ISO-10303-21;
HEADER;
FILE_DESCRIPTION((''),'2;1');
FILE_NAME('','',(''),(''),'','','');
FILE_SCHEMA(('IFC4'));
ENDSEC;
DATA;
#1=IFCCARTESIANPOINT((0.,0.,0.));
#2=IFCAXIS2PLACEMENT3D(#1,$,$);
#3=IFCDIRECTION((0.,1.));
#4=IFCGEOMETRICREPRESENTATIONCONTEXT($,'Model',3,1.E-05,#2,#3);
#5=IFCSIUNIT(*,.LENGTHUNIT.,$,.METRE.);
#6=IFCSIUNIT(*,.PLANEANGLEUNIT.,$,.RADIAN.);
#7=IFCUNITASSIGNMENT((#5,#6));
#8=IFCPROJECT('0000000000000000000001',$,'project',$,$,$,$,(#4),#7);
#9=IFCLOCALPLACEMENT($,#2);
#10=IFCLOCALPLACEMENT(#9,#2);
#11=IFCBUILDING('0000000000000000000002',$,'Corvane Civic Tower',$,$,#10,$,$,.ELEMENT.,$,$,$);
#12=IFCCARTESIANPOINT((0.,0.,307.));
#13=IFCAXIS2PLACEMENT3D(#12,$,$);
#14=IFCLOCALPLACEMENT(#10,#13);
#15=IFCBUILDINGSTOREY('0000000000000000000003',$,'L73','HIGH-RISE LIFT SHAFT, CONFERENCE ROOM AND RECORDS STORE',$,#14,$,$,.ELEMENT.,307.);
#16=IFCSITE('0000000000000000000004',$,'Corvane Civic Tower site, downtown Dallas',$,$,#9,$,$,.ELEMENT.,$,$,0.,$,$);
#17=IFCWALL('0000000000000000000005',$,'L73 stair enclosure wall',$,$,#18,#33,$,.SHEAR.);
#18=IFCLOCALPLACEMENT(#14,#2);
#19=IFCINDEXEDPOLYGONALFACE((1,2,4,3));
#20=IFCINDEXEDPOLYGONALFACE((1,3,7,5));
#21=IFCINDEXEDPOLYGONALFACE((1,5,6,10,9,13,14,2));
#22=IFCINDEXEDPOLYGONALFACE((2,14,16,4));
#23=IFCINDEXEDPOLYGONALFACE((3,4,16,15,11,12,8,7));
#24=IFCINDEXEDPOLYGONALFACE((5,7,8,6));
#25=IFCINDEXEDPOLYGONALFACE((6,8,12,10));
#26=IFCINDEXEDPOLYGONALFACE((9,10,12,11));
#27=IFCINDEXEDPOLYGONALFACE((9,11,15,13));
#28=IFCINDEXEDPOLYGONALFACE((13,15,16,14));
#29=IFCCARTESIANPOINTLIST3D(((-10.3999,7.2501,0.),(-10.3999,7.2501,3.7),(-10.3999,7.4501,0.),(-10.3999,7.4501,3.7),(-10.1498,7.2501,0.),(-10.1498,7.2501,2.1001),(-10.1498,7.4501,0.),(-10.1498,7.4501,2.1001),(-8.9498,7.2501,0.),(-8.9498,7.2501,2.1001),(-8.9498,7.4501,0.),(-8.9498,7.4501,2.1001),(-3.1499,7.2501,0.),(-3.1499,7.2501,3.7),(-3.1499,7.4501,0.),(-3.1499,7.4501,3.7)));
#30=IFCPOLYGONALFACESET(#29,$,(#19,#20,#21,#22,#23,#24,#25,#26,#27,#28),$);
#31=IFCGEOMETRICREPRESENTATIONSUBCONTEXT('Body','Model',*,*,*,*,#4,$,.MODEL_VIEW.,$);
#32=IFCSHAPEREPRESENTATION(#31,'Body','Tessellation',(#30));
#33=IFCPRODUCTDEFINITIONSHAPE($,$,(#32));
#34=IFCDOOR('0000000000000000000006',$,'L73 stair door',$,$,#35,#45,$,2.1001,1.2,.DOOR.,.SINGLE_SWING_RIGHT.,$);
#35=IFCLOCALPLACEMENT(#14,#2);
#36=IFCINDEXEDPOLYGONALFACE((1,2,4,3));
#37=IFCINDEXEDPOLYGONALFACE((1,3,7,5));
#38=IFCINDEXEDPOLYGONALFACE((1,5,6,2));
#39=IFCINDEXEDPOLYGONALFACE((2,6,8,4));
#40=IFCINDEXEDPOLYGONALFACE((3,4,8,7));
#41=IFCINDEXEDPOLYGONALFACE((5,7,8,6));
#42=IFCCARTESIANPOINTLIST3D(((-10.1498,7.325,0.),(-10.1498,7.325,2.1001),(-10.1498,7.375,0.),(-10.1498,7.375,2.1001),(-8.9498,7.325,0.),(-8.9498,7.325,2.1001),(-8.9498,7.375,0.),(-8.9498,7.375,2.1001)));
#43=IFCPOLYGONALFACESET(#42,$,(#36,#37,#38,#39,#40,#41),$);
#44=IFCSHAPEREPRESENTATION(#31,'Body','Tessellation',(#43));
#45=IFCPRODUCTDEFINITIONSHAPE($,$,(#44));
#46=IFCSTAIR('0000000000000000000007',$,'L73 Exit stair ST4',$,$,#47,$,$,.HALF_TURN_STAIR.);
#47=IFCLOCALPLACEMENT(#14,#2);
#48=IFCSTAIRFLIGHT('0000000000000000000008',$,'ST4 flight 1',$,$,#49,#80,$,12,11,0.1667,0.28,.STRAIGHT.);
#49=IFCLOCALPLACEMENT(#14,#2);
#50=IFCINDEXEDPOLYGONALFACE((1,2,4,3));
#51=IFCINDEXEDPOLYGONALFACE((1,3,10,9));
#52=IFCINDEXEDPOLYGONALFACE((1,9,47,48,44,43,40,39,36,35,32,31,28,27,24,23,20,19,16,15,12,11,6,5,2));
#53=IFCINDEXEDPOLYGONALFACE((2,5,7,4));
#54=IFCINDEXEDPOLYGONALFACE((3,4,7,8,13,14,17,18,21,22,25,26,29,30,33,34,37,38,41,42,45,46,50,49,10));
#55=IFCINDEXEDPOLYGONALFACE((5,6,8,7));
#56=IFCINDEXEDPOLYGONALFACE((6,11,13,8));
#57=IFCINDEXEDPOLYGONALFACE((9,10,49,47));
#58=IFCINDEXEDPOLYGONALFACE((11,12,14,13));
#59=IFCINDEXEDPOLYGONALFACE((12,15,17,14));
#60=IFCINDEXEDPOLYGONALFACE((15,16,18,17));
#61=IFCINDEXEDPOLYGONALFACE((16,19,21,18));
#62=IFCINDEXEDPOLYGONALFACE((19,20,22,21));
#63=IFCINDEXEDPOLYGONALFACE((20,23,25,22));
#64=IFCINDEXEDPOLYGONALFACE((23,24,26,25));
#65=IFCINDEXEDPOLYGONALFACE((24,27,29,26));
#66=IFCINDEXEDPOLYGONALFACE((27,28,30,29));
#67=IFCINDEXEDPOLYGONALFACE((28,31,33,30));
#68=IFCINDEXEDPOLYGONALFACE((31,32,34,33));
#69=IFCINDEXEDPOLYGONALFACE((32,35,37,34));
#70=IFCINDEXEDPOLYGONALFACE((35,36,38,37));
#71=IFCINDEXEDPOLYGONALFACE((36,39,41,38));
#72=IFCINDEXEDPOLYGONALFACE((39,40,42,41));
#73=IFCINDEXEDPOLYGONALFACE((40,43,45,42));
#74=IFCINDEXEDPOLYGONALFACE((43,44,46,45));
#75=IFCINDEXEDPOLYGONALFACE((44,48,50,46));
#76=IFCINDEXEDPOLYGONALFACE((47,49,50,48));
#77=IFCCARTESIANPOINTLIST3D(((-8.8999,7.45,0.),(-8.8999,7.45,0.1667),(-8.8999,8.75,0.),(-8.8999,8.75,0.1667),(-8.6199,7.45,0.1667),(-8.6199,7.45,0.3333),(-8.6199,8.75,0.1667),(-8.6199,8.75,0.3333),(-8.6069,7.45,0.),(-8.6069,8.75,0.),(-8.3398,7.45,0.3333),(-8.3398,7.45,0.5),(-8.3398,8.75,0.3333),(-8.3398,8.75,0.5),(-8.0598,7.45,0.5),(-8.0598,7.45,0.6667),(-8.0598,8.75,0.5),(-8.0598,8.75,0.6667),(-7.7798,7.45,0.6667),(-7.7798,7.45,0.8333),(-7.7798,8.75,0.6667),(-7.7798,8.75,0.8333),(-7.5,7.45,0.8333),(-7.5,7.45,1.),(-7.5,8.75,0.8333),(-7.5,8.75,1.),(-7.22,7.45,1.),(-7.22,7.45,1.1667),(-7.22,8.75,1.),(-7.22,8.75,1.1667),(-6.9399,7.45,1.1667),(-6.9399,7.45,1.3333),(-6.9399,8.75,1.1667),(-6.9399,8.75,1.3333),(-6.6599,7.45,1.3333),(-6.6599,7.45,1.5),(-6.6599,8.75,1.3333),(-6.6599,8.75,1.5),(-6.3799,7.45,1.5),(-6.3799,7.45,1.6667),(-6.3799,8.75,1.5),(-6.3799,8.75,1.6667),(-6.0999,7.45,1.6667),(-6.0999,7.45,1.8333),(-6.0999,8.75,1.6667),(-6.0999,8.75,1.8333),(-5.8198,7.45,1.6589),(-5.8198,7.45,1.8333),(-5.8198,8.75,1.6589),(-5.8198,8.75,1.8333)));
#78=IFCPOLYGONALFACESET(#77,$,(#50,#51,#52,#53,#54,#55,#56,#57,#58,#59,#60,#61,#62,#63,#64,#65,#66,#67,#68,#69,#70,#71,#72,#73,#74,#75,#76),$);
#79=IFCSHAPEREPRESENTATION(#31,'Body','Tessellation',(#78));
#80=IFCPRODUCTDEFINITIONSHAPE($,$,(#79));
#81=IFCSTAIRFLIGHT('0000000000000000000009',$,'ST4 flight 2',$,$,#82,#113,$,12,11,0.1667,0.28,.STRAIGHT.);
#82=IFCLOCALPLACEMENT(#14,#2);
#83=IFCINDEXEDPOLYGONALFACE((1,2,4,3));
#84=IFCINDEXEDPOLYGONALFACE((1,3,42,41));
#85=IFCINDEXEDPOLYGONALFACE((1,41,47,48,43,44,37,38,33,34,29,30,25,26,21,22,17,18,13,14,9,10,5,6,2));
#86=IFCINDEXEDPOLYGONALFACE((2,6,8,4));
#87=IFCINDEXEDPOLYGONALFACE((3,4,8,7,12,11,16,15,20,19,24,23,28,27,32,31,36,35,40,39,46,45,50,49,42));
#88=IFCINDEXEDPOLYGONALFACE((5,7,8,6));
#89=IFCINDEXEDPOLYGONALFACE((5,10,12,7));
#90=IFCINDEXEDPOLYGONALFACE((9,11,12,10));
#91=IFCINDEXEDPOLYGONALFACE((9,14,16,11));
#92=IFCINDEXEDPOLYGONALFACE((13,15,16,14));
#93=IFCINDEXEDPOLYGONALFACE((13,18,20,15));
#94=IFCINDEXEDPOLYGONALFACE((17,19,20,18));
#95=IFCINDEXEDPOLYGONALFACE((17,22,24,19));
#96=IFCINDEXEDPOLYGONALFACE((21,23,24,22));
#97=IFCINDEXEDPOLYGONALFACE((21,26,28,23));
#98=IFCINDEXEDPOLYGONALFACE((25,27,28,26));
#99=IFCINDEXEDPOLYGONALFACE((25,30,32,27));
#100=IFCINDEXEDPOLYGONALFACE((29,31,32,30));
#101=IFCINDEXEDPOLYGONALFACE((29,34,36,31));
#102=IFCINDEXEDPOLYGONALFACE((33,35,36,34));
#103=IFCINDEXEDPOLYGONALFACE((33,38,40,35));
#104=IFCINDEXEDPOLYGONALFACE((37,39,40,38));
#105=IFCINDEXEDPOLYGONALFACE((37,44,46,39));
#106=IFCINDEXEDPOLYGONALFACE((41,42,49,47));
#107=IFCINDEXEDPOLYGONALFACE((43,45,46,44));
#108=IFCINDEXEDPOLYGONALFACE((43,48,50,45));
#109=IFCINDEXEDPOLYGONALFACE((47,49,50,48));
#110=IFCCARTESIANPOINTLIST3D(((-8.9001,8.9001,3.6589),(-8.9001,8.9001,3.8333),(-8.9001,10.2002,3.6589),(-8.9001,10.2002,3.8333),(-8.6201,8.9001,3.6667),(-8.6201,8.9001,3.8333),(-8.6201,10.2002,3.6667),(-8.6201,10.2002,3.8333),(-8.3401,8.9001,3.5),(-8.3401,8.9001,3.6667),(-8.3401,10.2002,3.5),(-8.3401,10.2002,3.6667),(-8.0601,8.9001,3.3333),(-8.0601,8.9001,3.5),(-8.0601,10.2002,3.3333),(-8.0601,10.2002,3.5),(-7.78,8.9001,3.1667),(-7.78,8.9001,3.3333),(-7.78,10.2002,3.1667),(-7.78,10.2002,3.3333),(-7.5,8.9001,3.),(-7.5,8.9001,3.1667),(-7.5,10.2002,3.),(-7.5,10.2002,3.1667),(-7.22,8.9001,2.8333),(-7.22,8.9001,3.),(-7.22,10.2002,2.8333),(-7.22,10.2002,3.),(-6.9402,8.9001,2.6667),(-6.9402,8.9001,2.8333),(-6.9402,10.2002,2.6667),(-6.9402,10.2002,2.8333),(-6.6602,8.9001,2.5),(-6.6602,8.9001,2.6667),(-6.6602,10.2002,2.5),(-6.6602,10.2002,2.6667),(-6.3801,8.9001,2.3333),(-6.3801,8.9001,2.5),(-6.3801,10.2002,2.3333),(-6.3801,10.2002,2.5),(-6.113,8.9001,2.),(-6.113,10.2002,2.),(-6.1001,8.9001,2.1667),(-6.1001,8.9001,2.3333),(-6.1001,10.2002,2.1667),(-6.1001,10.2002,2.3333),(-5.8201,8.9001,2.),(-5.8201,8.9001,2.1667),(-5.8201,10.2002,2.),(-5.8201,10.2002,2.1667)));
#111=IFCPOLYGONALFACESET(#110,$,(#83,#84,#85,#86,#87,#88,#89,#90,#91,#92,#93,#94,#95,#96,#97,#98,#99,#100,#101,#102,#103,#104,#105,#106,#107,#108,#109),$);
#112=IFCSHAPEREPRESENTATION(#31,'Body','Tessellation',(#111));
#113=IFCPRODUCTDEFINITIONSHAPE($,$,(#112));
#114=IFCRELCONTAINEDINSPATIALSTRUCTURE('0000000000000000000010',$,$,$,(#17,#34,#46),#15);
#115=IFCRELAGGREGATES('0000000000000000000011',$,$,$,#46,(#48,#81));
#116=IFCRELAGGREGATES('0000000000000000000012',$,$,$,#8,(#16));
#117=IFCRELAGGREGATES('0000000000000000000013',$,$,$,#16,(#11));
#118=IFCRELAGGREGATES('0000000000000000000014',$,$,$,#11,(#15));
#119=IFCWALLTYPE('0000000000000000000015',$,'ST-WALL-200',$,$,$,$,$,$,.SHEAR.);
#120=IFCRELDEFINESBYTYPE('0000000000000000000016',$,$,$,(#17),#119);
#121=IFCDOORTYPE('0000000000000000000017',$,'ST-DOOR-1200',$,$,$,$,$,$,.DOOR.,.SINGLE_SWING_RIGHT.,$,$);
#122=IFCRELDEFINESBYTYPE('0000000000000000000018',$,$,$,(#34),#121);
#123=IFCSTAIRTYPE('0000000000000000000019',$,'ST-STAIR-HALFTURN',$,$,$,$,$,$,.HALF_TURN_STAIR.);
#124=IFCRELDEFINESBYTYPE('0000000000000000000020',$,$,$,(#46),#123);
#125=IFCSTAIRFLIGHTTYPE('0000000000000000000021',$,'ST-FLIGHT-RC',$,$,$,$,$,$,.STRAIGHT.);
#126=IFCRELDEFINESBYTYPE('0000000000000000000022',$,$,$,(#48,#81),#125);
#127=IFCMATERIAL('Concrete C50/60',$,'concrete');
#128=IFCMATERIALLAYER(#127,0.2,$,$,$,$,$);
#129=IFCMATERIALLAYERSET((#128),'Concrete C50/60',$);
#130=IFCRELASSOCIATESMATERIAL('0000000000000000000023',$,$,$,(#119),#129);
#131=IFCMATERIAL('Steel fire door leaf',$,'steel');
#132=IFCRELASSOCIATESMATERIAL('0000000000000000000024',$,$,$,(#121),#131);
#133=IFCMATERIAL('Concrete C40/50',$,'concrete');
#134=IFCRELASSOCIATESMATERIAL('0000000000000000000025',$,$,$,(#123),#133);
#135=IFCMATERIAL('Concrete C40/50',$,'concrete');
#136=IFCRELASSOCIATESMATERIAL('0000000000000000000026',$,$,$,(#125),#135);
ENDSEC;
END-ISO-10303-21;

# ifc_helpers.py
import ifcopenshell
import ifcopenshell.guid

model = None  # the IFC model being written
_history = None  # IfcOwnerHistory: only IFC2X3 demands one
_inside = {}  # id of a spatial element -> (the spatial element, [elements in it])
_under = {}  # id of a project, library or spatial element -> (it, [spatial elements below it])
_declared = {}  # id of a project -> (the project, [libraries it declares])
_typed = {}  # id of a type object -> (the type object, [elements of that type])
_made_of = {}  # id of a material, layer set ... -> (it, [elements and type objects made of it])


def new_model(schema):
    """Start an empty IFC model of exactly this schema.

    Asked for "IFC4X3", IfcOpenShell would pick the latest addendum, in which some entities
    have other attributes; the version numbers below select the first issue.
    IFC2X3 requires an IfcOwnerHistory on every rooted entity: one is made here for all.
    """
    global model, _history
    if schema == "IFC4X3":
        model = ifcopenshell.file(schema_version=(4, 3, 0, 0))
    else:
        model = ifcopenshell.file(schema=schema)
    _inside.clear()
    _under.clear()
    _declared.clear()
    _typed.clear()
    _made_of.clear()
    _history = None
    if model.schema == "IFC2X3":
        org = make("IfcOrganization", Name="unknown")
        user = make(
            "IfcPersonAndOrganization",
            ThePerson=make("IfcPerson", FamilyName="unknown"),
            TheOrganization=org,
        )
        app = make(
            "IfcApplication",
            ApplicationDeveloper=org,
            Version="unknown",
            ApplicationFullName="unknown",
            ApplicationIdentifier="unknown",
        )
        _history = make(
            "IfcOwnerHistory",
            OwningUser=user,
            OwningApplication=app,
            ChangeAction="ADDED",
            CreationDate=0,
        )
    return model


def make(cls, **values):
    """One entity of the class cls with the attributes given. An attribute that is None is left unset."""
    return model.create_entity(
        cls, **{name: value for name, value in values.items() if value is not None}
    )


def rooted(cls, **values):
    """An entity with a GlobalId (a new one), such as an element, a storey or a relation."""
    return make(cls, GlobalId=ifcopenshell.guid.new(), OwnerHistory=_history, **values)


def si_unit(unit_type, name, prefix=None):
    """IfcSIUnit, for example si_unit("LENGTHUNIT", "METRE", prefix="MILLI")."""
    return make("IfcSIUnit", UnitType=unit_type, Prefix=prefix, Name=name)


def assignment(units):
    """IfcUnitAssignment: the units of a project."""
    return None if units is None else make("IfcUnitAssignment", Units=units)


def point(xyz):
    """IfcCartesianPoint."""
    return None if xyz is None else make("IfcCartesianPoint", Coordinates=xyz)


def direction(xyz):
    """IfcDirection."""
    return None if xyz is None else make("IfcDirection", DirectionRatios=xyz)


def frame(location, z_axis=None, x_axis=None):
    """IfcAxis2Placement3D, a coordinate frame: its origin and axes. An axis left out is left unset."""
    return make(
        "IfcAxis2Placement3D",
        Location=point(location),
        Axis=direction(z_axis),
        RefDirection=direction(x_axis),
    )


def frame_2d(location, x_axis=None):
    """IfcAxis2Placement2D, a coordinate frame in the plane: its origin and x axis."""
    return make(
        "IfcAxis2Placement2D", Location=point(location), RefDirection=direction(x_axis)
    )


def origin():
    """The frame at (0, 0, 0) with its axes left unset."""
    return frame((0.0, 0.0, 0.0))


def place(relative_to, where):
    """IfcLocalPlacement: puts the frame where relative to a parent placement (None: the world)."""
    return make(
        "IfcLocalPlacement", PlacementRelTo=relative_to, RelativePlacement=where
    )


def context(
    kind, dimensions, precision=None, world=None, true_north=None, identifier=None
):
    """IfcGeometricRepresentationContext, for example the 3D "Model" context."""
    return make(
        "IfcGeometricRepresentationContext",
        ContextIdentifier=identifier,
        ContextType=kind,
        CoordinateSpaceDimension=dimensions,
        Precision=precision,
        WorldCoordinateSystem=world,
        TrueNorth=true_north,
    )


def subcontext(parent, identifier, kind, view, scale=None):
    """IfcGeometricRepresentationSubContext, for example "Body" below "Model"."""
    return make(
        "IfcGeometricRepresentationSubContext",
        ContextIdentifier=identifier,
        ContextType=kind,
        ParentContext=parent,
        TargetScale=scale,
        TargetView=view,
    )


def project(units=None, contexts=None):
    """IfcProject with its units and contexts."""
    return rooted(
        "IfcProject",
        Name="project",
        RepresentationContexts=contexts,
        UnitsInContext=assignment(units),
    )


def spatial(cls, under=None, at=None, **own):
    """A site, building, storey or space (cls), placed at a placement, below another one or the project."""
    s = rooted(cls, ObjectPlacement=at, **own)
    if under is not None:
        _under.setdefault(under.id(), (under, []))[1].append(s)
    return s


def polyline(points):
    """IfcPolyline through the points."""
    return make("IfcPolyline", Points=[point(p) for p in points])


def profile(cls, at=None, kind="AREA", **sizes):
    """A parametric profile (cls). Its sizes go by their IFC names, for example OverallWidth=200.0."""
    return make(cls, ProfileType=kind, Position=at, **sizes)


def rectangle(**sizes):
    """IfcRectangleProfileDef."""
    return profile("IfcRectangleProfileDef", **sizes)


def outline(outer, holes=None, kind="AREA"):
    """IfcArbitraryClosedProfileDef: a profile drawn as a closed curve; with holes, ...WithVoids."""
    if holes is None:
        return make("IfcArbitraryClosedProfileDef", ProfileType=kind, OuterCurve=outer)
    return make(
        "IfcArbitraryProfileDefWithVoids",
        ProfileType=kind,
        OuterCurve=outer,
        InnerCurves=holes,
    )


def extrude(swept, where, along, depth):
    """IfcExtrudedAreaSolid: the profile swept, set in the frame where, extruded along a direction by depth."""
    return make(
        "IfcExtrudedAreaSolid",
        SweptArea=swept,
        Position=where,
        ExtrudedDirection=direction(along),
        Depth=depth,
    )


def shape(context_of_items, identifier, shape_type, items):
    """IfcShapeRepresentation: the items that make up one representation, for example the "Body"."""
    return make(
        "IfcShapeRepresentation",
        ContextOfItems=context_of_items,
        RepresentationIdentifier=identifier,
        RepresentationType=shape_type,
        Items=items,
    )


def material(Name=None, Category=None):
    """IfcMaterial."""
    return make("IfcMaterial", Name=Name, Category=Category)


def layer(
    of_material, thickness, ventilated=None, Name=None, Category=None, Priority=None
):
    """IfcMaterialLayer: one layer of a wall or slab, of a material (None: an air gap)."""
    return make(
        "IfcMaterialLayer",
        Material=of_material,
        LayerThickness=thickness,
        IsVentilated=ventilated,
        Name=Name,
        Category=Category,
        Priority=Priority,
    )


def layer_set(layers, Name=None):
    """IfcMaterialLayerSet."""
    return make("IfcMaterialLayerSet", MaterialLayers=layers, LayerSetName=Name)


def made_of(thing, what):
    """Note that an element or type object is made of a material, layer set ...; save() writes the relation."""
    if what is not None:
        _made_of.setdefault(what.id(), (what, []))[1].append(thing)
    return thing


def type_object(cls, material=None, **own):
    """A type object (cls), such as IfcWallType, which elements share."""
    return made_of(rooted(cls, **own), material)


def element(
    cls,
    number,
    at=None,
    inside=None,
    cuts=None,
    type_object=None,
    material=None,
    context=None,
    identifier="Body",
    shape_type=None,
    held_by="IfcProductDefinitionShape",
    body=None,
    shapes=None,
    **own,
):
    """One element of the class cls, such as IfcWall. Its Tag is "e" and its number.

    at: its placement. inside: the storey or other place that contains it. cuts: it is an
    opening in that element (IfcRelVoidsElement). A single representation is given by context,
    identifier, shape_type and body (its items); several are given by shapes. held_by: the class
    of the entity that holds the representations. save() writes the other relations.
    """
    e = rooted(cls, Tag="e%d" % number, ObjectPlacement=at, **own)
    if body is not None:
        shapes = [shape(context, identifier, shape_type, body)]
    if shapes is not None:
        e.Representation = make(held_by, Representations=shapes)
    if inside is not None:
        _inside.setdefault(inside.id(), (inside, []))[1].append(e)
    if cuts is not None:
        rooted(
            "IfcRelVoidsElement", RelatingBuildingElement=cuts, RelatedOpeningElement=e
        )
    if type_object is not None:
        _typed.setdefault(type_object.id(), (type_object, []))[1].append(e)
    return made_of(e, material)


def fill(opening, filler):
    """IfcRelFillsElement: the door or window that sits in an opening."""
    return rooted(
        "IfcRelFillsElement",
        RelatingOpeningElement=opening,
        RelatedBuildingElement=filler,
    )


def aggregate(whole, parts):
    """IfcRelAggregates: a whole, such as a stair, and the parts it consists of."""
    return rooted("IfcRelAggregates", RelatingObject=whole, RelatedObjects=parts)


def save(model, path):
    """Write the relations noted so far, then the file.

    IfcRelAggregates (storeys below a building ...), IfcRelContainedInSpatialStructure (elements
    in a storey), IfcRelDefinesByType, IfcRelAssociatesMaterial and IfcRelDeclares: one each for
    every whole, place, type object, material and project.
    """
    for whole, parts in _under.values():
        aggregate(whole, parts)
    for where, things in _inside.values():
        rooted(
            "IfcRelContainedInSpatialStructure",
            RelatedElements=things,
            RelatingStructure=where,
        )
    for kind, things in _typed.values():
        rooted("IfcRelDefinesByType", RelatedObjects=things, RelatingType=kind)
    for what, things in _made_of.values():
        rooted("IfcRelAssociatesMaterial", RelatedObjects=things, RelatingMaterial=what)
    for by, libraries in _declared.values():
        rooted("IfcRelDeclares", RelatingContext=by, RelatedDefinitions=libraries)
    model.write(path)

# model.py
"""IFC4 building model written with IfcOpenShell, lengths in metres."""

from ifc_helpers import new_model, si_unit, direction, frame, frame_2d, origin, place, context, subcontext, project, spatial, polyline, rectangle, outline, extrude, material, layer, layer_set, type_object, element, fill, aggregate, save


model = new_model("IFC4")

# Units and contexts
model_context = context("Model", 3, precision=1e-05, world=origin(), true_north=direction((0.0, 1.0)))
body_context = subcontext(model_context, "Body", "Model", "MODEL_VIEW")
ifc_project = project(units=[si_unit("LENGTHUNIT", "METRE"), si_unit("PLANEANGLEUNIT", "RADIAN")], contexts=[model_context])

# Site, building, storey
site_placement = place(None, origin())
site = spatial("IfcSite", under=ifc_project, at=site_placement, Name="Corvane Civic Tower site, downtown Dallas", CompositionType="ELEMENT", RefElevation=0.0)
building_placement = place(site_placement, origin())
building = spatial("IfcBuilding", under=site, at=building_placement, Name="Corvane Civic Tower", CompositionType="ELEMENT")
storey_placement = place(building_placement, frame((0.0, 0.0, 307.0)))
storey = spatial("IfcBuildingStorey", under=building, at=storey_placement, Name="L73", Description="HIGH-RISE LIFT SHAFT, CONFERENCE ROOM AND RECORDS STORE", CompositionType="ELEMENT", Elevation=307.0)

# Wall, opening, door
ifc_material_1 = material(Name="Concrete C50/60", Category="concrete")
ifc_layer_1 = layer(ifc_material_1, 0.2)
ifc_layer_set_1 = layer_set([ifc_layer_1], Name="Concrete C50/60")
wall_type_1 = type_object("IfcWallType", Name="ST-WALL-200", PredefinedType="SHEAR", material=ifc_layer_set_1)
wall_1_placement = place(storey_placement, frame((-10.3999, 7.3501, 0.0), z_axis=(0.0, 0.0, 1.0), x_axis=(1.0, 0.0, 0.0)))
wall_1 = element("IfcWall", 1, at=wall_1_placement, inside=storey, type_object=wall_type_1, Name="L73 stair enclosure wall", PredefinedType="SHEAR", context=body_context, shape_type="SweptSolid", body=[
    extrude(rectangle(XDim=7.25, YDim=0.2, at=frame_2d((3.625, 0.0))), origin(), (0.0, 0.0, 1.0), 3.7),
])
opening_1_placement = place(wall_1_placement, frame((0.25, 0.0, 0.0)))
opening_1 = element("IfcOpeningElement", 2, at=opening_1_placement, cuts=wall_1, PredefinedType="OPENING", context=body_context, shape_type="SweptSolid", body=[
    extrude(rectangle(XDim=1.2, YDim=2.1001, at=frame_2d((0.6001, 1.05))), frame((0.0, 0.1099, 0.0), z_axis=(0.0, -1.0, 0.0), x_axis=(1.0, 0.0, 0.0)), (0.0, 0.0, 1.0), 0.22),
])
ifc_material_2 = material(Name="Steel fire door leaf", Category="steel")
door_type_1 = type_object("IfcDoorType", Name="ST-DOOR-1200", OperationType="SINGLE_SWING_RIGHT", PredefinedType="DOOR", material=ifc_material_2)
door_1_placement = place(opening_1_placement, origin())
door_1 = element("IfcDoor", 3, at=door_1_placement, inside=storey, type_object=door_type_1, Name="L73 stair door", OperationType="SINGLE_SWING_RIGHT", OverallHeight=2.1001, OverallWidth=1.2, PredefinedType="DOOR", context=body_context, shape_type="SweptSolid", body=[
    extrude(rectangle(XDim=1.2, YDim=2.1001, at=frame_2d((0.6001, 1.05))), frame((0.0, 0.0249, 0.0), z_axis=(0.0, -1.0, 0.0), x_axis=(1.0, 0.0, 0.0)), (0.0, 0.0, 1.0), 0.05),
])
fill(opening_1, door_1)

# Stair, stair flights
ifc_material_3 = material(Name="Concrete C40/50", Category="concrete")
stair_type = type_object("IfcStairType", Name="ST-STAIR-HALFTURN", PredefinedType="HALF_TURN_STAIR", material=ifc_material_3)
stair_placement = place(storey_placement, origin())
stair = element("IfcStair", 4, at=stair_placement, inside=storey, type_object=stair_type, Name="L73 Exit stair ST4", PredefinedType="HALF_TURN_STAIR")
ifc_material_4 = material(Name="Concrete C40/50", Category="concrete")
stair_flight_type = type_object("IfcStairFlightType", Name="ST-FLIGHT-RC", PredefinedType="STRAIGHT", material=ifc_material_4)
stair_flight_1_placement = place(storey_placement, frame((-8.8999, 8.1001, 0.0), z_axis=(0.0, 0.0, 1.0), x_axis=(1.0, 0.0, 0.0)))
stair_flight_1 = element("IfcStairFlight", 5, at=stair_flight_1_placement, type_object=stair_flight_type, Name="ST4 flight 1", NumberOfRisers=12, NumberOfTreads=11, PredefinedType="STRAIGHT", RiserHeight=0.1667, TreadLength=0.28, context=body_context, shape_type="SweptSolid", body=[
    extrude(outline(polyline([(0.0, 0.0), (0.0, 0.1667), (0.28, 0.1667), (0.28, 0.3333), (0.5601, 0.3333), (0.5601, 0.5), (0.8401, 0.5), (0.8401, 0.6667), (1.1201, 0.6667), (1.1201, 0.8333), (1.3999, 0.8333), (1.3999, 1.0), (1.6799, 1.0), (1.6799, 1.1667), (1.96, 1.1667), (1.96, 1.3333), (2.24, 1.3333), (2.24, 1.5), (2.52, 1.5), (2.52, 1.6667), (2.8, 1.6667), (2.8, 1.8333), (3.0801, 1.8333), (3.0801, 2.0), (3.0801, 1.6589), (0.293, 0.0), (0.0, 0.0)])), frame((0.0, 0.6499, 0.0), z_axis=(0.0, -1.0, 0.0), x_axis=(1.0, 0.0, 0.0)), (0.0, 0.0, 1.0), 1.3),
])
stair_flight_2_placement = place(storey_placement, frame((-5.8201, 9.55, 2.0), z_axis=(0.0, 0.0, 1.0), x_axis=(-1.0, 0.0, 0.0)))
stair_flight_2 = element("IfcStairFlight", 6, at=stair_flight_2_placement, type_object=stair_flight_type, Name="ST4 flight 2", NumberOfRisers=12, NumberOfTreads=11, PredefinedType="STRAIGHT", RiserHeight=0.1667, TreadLength=0.28, context=body_context, shape_type="SweptSolid", body=[
    extrude(outline(polyline([(0.0, 0.0), (0.0, 0.1667), (0.28, 0.1667), (0.28, 0.3333), (0.5601, 0.3333), (0.5601, 0.5), (0.8401, 0.5), (0.8401, 0.6667), (1.1201, 0.6667), (1.1201, 0.8333), (1.3999, 0.8333), (1.3999, 1.0), (1.6799, 1.0), (1.6799, 1.1667), (1.96, 1.1667), (1.96, 1.3333), (2.24, 1.3333), (2.24, 1.5), (2.52, 1.5), (2.52, 1.6667), (2.8, 1.6667), (2.8, 1.8333), (3.0801, 1.8333), (3.0801, 2.0), (3.0801, 1.6589), (0.293, 0.0), (0.0, 0.0)])), frame((0.0, 0.6499, 0.0), z_axis=(0.0, -1.0, 0.0), x_axis=(1.0, 0.0, 0.0)), (0.0, 0.0, 1.0), 1.3),
])
aggregate(stair, [stair_flight_1, stair_flight_2])

save(model, "model.ifc")
